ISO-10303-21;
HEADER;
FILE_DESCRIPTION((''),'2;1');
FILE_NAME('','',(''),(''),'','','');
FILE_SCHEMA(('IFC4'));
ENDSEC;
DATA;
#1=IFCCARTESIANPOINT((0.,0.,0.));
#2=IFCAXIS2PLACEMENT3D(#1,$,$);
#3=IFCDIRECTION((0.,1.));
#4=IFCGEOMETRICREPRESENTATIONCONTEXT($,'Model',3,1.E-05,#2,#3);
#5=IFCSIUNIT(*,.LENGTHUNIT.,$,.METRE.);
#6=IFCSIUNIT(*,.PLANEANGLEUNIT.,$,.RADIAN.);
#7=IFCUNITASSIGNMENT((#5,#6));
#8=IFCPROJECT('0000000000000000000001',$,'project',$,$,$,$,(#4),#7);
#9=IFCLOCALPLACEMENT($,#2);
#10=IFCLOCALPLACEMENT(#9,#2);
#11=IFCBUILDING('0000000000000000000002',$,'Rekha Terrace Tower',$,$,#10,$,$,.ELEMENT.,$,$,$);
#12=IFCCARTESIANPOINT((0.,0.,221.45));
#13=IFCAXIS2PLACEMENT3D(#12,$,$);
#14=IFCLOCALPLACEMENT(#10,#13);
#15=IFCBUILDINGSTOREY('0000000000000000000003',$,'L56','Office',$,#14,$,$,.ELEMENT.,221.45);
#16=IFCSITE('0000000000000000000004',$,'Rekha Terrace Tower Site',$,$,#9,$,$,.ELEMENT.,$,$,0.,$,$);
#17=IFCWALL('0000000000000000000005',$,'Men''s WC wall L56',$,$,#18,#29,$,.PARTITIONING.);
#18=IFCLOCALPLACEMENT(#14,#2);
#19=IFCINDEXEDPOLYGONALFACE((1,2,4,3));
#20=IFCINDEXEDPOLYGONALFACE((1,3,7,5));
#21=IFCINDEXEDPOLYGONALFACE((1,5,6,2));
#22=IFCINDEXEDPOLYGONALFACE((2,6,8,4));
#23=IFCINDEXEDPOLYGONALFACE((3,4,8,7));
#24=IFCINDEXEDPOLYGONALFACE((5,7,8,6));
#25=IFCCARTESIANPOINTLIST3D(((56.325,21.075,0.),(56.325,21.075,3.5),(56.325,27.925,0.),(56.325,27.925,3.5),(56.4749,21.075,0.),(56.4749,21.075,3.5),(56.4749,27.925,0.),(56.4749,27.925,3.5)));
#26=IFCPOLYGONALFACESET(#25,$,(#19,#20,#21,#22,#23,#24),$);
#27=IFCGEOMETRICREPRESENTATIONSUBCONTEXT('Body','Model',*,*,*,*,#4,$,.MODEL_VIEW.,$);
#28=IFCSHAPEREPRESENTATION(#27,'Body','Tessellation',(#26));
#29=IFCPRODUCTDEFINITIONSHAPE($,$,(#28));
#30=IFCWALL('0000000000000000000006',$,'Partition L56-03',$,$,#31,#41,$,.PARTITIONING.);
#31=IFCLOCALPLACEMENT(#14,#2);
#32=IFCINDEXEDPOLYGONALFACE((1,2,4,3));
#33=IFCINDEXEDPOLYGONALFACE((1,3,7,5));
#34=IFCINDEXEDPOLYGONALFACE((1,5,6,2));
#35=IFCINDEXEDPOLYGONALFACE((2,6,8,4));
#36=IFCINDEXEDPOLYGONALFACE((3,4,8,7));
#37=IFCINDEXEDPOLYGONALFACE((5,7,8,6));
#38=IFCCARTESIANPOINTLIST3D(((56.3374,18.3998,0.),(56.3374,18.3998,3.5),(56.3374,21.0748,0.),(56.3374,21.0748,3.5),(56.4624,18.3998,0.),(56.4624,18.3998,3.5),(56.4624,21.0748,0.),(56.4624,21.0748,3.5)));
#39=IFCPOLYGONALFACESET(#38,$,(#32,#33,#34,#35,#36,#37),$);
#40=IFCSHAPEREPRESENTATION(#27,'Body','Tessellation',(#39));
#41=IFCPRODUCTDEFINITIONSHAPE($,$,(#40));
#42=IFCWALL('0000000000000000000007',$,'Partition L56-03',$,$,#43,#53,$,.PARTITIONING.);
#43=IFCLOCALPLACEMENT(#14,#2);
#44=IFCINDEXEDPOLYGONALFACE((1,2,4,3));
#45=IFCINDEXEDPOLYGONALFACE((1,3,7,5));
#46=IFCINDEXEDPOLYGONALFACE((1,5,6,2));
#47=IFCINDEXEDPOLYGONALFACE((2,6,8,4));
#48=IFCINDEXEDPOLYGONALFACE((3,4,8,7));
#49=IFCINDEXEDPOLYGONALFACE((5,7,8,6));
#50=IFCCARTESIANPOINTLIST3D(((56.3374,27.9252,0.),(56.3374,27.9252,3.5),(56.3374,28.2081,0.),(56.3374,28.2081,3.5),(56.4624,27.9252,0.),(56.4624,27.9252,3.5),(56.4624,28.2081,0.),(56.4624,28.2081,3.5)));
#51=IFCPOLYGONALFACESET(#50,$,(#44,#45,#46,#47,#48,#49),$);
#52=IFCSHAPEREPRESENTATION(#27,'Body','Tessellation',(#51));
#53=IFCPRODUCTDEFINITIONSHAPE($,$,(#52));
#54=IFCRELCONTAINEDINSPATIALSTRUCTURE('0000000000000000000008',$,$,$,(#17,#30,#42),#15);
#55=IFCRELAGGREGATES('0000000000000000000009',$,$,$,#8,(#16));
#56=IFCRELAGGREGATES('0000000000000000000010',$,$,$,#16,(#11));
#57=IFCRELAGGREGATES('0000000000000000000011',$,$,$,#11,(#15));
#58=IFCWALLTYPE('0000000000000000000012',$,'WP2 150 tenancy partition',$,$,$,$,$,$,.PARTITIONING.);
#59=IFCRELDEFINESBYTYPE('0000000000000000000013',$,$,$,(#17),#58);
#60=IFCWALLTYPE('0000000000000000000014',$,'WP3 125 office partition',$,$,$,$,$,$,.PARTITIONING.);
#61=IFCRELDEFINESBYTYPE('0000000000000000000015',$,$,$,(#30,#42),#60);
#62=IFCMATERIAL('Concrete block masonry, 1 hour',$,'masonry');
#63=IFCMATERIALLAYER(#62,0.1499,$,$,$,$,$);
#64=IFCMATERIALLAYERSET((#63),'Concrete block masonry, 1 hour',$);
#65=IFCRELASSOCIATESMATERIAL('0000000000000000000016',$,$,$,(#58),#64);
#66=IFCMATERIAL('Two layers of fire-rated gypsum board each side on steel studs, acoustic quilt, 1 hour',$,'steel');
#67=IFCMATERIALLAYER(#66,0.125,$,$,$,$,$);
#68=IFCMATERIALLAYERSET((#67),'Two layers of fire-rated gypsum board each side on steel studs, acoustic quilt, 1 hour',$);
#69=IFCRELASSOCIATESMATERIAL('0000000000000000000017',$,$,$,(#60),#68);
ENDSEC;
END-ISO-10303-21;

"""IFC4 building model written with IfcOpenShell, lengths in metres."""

from ifc_helpers import new_model, si_unit, direction, frame, frame_2d, origin, place, context, subcontext, project, spatial, rectangle, extrude, material, layer, layer_set, type_object, element, save


model = new_model("IFC4")

# Units and contexts
model_context = context("Model", 3, precision=1e-05, world=origin(), true_north=direction((0.0, 1.0)))
body_context = subcontext(model_context, "Body", "Model", "MODEL_VIEW")
ifc_project = project(units=[si_unit("LENGTHUNIT", "METRE"), si_unit("PLANEANGLEUNIT", "RADIAN")], contexts=[model_context])

# Site, building, storey
site_placement = place(None, origin())
site = spatial("IfcSite", under=ifc_project, at=site_placement, Name="Rekha Terrace Tower Site", CompositionType="ELEMENT", RefElevation=0.0)
building_placement = place(site_placement, origin())
building = spatial("IfcBuilding", under=site, at=building_placement, Name="Rekha Terrace Tower", CompositionType="ELEMENT")
storey_placement = place(building_placement, frame((0.0, 0.0, 221.45)))
storey = spatial("IfcBuildingStorey", under=building, at=storey_placement, Name="L56", Description="Office", CompositionType="ELEMENT", Elevation=221.45)

# Shared definitions
ifc_material_1 = material(Name="Concrete block masonry, 1 hour", Category="masonry")
ifc_layer_1 = layer(ifc_material_1, 0.1499)
ifc_layer_set_1 = layer_set([ifc_layer_1], Name="Concrete block masonry, 1 hour")
wall_type_1 = type_object("IfcWallType", Name="WP2 150 tenancy partition", PredefinedType="PARTITIONING", material=ifc_layer_set_1)

# Walls
wall_1_placement = place(storey_placement, frame((56.3999, 21.075, 0.0), z_axis=(0.0, 0.0, 1.0), x_axis=(0.0, 1.0, 0.0)))
element("IfcWall", 1, at=wall_1_placement, inside=storey, type_object=wall_type_1, Name="Men's WC wall L56", PredefinedType="PARTITIONING", context=body_context, shape_type="SweptSolid", body=[
    extrude(rectangle(XDim=6.8501, YDim=0.1499, at=frame_2d((3.425, 0.0))), origin(), (0.0, 0.0, 1.0), 3.5),
])
ifc_material_2 = material(Name="Two layers of fire-rated gypsum board each side on steel studs, acoustic quilt, 1 hour", Category="steel")
ifc_layer_2 = layer(ifc_material_2, 0.125)
ifc_layer_set_2 = layer_set([ifc_layer_2], Name="Two layers of fire-rated gypsum board each side on steel studs, acoustic quilt, 1 hour")
wall_type_2 = type_object("IfcWallType", Name="WP3 125 office partition", PredefinedType="PARTITIONING", material=ifc_layer_set_2)
wall_2_placement = place(storey_placement, frame((56.3999, 18.3999, 0.0), z_axis=(0.0, 0.0, 1.0), x_axis=(0.0, 1.0, 0.0)))
element("IfcWall", 2, at=wall_2_placement, inside=storey, type_object=wall_type_2, Name="Partition L56-03", PredefinedType="PARTITIONING", context=body_context, shape_type="SweptSolid", body=[
    extrude(rectangle(XDim=2.675, YDim=0.125, at=frame_2d((1.3374, 0.0))), origin(), (0.0, 0.0, 1.0), 3.5),
])
wall_3_placement = place(storey_placement, frame((56.3999, 27.925, 0.0), z_axis=(0.0, 0.0, 1.0), x_axis=(0.0, 1.0, 0.0)))
element("IfcWall", 3, at=wall_3_placement, inside=storey, type_object=wall_type_2, Name="Partition L56-03", PredefinedType="PARTITIONING", context=body_context, shape_type="SweptSolid", body=[
    extrude(rectangle(XDim=0.283, YDim=0.125, at=frame_2d((0.1416, 0.0))), origin(), (0.0, 0.0, 1.0), 3.5),
])

save(model, "model.ifc")
